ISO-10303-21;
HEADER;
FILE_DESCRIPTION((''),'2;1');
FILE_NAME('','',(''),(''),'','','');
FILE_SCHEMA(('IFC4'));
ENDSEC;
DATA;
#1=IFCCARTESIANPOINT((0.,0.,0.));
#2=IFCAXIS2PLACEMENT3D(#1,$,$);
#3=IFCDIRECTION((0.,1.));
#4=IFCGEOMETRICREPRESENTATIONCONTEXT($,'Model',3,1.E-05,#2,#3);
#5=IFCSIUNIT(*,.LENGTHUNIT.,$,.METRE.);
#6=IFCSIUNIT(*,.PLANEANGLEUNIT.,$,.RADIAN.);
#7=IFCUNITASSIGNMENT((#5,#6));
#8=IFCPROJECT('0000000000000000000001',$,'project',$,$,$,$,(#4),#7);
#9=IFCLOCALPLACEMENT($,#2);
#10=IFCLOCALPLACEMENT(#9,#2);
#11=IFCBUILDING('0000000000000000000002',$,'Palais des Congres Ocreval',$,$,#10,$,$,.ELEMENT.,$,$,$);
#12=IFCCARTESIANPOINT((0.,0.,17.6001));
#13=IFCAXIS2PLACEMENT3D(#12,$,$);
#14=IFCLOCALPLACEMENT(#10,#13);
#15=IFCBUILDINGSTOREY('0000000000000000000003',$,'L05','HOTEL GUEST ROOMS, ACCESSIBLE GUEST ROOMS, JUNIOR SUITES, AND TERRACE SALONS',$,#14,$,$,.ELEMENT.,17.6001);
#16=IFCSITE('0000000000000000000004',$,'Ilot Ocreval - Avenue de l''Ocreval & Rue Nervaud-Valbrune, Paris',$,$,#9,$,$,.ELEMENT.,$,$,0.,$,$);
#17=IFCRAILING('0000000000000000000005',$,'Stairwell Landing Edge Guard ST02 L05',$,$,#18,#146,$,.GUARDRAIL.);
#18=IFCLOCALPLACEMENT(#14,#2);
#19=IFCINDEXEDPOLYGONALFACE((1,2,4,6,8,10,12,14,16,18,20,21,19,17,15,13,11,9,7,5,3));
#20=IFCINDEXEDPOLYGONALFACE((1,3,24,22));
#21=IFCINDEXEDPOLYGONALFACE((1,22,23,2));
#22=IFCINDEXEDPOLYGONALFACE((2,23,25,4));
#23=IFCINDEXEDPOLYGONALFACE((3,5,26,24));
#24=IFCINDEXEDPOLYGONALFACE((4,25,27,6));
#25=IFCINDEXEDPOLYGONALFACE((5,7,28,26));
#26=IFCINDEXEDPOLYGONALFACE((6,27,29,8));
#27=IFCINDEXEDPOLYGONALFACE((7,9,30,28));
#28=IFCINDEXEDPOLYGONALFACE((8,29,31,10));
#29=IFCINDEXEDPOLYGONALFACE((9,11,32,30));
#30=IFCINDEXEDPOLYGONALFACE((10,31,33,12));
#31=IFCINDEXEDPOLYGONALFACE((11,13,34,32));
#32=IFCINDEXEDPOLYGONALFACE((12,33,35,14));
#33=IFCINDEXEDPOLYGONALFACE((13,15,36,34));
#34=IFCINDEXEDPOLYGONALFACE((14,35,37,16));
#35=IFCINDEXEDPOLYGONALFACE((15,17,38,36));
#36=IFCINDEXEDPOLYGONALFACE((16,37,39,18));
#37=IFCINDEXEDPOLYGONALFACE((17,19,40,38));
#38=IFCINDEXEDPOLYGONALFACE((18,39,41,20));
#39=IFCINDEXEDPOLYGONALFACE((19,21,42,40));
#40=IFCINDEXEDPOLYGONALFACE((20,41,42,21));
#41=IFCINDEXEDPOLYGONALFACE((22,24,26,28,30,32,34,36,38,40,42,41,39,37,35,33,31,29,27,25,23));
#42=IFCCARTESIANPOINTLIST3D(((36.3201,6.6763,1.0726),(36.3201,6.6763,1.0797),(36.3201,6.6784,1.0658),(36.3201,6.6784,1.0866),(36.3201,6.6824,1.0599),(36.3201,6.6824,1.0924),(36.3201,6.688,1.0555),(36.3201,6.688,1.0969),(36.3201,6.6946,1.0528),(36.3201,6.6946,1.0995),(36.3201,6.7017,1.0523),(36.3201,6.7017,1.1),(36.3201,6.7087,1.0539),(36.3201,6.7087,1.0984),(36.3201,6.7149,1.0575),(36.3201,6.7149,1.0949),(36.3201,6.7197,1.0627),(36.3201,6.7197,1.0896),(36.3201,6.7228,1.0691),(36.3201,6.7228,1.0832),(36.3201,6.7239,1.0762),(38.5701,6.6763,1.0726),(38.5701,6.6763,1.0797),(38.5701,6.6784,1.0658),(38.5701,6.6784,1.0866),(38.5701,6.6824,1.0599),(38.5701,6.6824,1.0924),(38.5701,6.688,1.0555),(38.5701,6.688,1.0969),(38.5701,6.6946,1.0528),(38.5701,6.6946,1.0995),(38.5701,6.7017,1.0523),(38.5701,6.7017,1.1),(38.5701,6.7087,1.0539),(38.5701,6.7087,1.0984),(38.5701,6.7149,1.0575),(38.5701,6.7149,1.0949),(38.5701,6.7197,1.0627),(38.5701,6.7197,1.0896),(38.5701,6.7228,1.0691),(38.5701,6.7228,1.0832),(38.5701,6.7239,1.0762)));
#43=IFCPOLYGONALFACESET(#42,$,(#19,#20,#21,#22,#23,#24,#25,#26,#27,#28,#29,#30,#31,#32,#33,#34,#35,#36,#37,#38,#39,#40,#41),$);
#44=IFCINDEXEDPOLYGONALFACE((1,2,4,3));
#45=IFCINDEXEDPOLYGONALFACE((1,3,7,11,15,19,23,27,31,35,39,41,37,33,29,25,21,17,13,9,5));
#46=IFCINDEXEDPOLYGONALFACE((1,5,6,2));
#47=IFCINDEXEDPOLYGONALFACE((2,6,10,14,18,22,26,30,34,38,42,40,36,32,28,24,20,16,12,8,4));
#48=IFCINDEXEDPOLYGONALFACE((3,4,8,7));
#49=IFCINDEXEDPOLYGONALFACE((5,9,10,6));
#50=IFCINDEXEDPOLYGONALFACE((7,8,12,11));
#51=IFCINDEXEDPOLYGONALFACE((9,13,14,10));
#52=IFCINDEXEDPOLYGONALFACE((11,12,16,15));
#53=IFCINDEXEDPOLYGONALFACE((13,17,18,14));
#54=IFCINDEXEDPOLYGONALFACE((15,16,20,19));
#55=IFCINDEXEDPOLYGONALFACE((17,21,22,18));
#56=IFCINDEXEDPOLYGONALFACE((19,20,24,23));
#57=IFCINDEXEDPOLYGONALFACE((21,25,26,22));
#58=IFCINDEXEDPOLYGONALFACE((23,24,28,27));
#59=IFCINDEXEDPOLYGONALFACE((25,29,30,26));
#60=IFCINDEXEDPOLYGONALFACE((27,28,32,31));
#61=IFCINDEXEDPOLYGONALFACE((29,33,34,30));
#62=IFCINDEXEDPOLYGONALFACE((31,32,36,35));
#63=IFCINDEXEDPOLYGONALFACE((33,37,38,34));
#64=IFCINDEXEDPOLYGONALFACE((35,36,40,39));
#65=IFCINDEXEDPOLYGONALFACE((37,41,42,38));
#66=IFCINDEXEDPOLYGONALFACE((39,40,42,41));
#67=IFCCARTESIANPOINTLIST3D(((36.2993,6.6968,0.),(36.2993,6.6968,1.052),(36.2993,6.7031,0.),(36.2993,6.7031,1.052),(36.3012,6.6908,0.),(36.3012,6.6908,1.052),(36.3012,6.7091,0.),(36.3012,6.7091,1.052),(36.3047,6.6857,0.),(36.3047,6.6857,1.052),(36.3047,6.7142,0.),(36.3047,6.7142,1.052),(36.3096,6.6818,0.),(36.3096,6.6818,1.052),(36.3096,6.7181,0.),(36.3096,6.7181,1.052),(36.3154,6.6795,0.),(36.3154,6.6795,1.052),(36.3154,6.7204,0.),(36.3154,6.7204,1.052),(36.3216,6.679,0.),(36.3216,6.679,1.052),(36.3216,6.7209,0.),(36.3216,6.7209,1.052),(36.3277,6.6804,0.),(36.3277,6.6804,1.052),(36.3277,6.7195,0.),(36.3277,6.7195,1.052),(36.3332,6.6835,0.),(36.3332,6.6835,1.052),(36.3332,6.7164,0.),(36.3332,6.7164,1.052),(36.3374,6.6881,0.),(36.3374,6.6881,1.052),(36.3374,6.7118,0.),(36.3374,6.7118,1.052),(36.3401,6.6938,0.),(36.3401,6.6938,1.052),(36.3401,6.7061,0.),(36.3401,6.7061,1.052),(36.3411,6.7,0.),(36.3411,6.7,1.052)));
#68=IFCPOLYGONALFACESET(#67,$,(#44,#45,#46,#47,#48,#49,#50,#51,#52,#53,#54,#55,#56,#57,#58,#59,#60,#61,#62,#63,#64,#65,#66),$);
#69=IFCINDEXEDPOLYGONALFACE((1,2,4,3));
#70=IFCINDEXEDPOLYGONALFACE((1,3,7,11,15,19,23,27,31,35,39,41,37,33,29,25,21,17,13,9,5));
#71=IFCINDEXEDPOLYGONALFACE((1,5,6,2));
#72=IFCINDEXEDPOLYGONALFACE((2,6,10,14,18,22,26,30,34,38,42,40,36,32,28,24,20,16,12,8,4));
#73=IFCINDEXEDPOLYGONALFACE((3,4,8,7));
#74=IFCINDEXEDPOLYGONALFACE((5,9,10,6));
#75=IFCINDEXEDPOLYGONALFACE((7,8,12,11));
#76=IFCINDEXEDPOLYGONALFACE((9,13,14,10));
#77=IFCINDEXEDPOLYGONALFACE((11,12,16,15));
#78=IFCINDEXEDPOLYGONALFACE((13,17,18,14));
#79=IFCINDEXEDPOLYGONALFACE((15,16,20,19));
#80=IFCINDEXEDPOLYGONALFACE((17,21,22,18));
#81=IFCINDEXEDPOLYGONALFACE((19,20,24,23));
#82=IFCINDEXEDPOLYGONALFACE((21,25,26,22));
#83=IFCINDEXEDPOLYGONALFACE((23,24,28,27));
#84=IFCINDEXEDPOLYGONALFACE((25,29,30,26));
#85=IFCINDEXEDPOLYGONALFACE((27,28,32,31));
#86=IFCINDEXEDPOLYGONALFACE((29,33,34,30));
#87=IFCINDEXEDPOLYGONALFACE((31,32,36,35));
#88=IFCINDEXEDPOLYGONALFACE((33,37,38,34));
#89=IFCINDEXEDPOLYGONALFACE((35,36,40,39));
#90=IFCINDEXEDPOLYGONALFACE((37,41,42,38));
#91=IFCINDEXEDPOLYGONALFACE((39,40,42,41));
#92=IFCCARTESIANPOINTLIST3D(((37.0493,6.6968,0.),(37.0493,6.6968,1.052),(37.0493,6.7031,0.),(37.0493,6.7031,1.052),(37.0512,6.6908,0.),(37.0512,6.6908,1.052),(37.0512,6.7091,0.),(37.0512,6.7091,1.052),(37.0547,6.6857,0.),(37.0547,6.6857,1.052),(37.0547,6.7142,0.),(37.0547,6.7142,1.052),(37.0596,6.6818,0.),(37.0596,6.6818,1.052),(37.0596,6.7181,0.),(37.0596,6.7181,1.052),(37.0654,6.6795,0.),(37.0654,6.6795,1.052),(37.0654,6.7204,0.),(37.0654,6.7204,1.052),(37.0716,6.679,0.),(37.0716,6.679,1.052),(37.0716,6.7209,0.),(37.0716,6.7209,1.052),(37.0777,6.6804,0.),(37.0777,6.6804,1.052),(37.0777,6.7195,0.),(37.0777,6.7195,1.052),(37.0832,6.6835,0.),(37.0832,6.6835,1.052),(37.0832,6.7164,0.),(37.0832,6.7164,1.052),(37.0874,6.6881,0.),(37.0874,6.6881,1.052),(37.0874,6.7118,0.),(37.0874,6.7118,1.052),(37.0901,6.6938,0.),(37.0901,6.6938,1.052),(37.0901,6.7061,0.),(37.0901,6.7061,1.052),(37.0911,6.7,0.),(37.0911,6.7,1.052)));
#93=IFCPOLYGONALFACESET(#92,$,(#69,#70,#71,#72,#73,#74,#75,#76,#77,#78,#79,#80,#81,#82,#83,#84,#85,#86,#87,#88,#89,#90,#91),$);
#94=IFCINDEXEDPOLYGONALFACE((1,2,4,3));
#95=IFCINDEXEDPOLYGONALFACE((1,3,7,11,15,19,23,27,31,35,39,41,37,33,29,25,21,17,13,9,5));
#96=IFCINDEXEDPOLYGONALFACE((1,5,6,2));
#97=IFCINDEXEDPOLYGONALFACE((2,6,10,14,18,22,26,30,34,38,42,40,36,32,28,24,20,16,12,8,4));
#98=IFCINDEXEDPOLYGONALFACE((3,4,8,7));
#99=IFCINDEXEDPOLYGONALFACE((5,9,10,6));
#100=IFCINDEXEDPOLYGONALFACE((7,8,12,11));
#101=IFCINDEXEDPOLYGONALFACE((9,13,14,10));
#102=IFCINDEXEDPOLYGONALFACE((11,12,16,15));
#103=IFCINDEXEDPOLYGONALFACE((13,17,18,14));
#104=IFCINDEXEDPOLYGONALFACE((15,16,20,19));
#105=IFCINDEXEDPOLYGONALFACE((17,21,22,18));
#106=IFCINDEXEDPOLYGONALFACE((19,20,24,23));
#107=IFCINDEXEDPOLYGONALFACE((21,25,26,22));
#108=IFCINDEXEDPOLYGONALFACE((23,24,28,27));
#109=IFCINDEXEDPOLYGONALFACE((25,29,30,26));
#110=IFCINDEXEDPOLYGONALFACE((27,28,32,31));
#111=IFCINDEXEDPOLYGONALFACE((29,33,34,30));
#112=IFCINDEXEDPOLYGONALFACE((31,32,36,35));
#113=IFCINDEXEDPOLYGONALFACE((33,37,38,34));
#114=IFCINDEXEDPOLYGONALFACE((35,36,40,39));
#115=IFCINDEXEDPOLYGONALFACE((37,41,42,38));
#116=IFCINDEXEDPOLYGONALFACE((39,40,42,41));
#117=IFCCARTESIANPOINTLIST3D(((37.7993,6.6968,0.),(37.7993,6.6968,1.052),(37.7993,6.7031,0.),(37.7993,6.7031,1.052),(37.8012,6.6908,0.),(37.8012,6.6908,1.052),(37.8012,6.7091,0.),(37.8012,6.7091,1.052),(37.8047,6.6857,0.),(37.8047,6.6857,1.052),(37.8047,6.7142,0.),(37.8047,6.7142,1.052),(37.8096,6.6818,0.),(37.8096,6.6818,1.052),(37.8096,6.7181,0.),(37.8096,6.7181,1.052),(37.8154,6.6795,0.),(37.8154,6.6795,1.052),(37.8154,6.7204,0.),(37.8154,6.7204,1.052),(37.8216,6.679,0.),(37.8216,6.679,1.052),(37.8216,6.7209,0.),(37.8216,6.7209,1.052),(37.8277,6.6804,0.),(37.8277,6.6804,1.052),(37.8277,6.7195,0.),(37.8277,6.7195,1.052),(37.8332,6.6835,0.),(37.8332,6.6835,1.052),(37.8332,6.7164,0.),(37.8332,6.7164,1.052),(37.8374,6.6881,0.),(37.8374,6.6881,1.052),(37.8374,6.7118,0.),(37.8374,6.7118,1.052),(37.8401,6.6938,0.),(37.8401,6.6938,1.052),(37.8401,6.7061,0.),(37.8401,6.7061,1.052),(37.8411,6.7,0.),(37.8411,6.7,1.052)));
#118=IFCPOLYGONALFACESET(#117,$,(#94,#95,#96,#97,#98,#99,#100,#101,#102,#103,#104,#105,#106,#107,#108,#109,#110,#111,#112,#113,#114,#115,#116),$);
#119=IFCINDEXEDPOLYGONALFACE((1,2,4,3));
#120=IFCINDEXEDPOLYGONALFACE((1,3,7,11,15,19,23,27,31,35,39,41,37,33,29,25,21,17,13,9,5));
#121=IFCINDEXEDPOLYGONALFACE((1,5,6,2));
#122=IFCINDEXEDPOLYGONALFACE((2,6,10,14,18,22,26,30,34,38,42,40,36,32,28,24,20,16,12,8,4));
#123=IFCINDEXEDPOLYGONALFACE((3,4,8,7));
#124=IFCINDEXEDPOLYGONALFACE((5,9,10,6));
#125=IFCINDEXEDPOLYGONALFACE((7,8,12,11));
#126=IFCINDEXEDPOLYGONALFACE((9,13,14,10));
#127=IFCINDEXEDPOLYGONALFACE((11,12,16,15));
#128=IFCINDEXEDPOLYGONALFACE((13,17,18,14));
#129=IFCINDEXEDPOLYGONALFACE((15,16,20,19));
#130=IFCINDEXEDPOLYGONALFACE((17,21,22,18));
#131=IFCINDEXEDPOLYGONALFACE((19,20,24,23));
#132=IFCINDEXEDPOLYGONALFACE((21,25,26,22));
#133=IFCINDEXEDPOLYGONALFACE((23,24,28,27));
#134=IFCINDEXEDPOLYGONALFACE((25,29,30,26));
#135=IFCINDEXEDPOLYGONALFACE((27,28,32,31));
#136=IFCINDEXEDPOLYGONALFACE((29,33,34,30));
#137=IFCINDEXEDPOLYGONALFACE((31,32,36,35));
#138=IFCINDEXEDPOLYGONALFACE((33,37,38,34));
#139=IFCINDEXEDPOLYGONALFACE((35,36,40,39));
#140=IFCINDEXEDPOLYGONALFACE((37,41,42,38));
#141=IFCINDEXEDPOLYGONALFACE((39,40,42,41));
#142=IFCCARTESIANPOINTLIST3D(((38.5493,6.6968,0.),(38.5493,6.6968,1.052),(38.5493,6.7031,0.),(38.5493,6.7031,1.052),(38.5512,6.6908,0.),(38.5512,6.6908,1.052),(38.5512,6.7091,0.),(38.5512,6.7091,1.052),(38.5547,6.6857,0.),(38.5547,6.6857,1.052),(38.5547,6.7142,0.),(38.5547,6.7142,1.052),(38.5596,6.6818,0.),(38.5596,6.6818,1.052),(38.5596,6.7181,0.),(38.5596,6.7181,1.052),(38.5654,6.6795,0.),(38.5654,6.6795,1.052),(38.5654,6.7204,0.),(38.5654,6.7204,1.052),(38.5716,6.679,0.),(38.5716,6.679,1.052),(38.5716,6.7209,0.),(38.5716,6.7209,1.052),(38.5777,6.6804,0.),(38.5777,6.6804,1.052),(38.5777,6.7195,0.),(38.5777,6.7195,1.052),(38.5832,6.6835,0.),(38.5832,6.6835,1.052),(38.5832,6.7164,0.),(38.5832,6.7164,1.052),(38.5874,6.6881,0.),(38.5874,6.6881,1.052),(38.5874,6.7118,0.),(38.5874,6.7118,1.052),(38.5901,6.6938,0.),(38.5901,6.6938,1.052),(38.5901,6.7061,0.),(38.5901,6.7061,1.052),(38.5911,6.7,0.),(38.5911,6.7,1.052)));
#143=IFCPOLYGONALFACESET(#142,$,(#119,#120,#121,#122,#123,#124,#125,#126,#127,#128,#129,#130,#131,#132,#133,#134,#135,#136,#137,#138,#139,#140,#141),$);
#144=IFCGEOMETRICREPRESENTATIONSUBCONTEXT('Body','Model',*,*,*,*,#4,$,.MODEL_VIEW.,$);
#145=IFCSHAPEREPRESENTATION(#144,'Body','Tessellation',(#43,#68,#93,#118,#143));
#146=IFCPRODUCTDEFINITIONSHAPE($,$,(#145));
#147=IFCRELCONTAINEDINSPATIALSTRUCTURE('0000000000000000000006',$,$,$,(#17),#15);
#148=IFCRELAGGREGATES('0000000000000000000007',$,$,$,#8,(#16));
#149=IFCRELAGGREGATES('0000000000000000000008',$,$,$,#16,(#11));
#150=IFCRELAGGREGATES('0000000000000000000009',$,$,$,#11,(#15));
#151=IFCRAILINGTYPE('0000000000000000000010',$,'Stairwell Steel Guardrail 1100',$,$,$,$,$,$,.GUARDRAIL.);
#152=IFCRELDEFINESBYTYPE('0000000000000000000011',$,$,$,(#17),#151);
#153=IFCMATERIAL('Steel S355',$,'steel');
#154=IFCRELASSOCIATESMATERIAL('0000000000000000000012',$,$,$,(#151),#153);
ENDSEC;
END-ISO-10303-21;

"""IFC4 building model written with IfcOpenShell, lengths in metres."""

from ifc_helpers import new_model, si_unit, direction, frame, origin, origin_2d, place, context, subcontext, project, spatial, circle, extrude, material, type_object, element, save


model = new_model("IFC4")

# Units and contexts
model_context = context("Model", 3, precision=1e-05, world=origin(), true_north=direction((0.0, 1.0)))
body_context = subcontext(model_context, "Body", "Model", "MODEL_VIEW")
ifc_project = project(units=[si_unit("LENGTHUNIT", "METRE"), si_unit("PLANEANGLEUNIT", "RADIAN")], contexts=[model_context])

# Site, building, storey
site_placement = place(None, origin())
site = spatial("IfcSite", under=ifc_project, at=site_placement, Name="Ilot Ocreval - Avenue de l'Ocreval & Rue Nervaud-Valbrune, Paris", CompositionType="ELEMENT", RefElevation=0.0)
building_placement = place(site_placement, origin())
building = spatial("IfcBuilding", under=site, at=building_placement, Name="Palais des Congres Ocreval", CompositionType="ELEMENT")
storey_placement = place(building_placement, frame((0.0, 0.0, 17.6001)))
storey = spatial("IfcBuildingStorey", under=building, at=storey_placement, Name="L05", Description="HOTEL GUEST ROOMS, ACCESSIBLE GUEST ROOMS, JUNIOR SUITES, AND TERRACE SALONS", CompositionType="ELEMENT", Elevation=17.6001)

# Shared definitions
ifc_material_1 = material(Name="Steel S355", Category="steel")

# Railing
railing_type = type_object("IfcRailingType", Name="Stairwell Steel Guardrail 1100", PredefinedType="GUARDRAIL", material=ifc_material_1)
railing_placement = place(storey_placement, frame((36.3201, 6.7, 0.0)))
element("IfcRailing", 1, at=railing_placement, inside=storey, type_object=railing_type, Name="Stairwell Landing Edge Guard ST02 L05", PredefinedType="GUARDRAIL", context=body_context, shape_type="SweptSolid", body=[
    extrude(circle(Radius=0.0239, at=origin_2d()), frame((0.0, 0.0, 1.0762), z_axis=(1.0, 0.0, 0.0), x_axis=(0.0, 1.0, 0.0)), (0.0, 0.0, 1.0), 2.25),
    extrude(circle(Radius=0.021, at=origin_2d()), origin(), (0.0, 0.0, 1.0), 1.052),
    extrude(circle(Radius=0.021, at=origin_2d()), frame((0.75, 0.0, 0.0)), (0.0, 0.0, 1.0), 1.052),
    extrude(circle(Radius=0.021, at=origin_2d()), frame((1.5, 0.0, 0.0)), (0.0, 0.0, 1.0), 1.052),
    extrude(circle(Radius=0.021, at=origin_2d()), frame((2.25, 0.0, 0.0)), (0.0, 0.0, 1.0), 1.052),
])

save(model, "model.ifc")
